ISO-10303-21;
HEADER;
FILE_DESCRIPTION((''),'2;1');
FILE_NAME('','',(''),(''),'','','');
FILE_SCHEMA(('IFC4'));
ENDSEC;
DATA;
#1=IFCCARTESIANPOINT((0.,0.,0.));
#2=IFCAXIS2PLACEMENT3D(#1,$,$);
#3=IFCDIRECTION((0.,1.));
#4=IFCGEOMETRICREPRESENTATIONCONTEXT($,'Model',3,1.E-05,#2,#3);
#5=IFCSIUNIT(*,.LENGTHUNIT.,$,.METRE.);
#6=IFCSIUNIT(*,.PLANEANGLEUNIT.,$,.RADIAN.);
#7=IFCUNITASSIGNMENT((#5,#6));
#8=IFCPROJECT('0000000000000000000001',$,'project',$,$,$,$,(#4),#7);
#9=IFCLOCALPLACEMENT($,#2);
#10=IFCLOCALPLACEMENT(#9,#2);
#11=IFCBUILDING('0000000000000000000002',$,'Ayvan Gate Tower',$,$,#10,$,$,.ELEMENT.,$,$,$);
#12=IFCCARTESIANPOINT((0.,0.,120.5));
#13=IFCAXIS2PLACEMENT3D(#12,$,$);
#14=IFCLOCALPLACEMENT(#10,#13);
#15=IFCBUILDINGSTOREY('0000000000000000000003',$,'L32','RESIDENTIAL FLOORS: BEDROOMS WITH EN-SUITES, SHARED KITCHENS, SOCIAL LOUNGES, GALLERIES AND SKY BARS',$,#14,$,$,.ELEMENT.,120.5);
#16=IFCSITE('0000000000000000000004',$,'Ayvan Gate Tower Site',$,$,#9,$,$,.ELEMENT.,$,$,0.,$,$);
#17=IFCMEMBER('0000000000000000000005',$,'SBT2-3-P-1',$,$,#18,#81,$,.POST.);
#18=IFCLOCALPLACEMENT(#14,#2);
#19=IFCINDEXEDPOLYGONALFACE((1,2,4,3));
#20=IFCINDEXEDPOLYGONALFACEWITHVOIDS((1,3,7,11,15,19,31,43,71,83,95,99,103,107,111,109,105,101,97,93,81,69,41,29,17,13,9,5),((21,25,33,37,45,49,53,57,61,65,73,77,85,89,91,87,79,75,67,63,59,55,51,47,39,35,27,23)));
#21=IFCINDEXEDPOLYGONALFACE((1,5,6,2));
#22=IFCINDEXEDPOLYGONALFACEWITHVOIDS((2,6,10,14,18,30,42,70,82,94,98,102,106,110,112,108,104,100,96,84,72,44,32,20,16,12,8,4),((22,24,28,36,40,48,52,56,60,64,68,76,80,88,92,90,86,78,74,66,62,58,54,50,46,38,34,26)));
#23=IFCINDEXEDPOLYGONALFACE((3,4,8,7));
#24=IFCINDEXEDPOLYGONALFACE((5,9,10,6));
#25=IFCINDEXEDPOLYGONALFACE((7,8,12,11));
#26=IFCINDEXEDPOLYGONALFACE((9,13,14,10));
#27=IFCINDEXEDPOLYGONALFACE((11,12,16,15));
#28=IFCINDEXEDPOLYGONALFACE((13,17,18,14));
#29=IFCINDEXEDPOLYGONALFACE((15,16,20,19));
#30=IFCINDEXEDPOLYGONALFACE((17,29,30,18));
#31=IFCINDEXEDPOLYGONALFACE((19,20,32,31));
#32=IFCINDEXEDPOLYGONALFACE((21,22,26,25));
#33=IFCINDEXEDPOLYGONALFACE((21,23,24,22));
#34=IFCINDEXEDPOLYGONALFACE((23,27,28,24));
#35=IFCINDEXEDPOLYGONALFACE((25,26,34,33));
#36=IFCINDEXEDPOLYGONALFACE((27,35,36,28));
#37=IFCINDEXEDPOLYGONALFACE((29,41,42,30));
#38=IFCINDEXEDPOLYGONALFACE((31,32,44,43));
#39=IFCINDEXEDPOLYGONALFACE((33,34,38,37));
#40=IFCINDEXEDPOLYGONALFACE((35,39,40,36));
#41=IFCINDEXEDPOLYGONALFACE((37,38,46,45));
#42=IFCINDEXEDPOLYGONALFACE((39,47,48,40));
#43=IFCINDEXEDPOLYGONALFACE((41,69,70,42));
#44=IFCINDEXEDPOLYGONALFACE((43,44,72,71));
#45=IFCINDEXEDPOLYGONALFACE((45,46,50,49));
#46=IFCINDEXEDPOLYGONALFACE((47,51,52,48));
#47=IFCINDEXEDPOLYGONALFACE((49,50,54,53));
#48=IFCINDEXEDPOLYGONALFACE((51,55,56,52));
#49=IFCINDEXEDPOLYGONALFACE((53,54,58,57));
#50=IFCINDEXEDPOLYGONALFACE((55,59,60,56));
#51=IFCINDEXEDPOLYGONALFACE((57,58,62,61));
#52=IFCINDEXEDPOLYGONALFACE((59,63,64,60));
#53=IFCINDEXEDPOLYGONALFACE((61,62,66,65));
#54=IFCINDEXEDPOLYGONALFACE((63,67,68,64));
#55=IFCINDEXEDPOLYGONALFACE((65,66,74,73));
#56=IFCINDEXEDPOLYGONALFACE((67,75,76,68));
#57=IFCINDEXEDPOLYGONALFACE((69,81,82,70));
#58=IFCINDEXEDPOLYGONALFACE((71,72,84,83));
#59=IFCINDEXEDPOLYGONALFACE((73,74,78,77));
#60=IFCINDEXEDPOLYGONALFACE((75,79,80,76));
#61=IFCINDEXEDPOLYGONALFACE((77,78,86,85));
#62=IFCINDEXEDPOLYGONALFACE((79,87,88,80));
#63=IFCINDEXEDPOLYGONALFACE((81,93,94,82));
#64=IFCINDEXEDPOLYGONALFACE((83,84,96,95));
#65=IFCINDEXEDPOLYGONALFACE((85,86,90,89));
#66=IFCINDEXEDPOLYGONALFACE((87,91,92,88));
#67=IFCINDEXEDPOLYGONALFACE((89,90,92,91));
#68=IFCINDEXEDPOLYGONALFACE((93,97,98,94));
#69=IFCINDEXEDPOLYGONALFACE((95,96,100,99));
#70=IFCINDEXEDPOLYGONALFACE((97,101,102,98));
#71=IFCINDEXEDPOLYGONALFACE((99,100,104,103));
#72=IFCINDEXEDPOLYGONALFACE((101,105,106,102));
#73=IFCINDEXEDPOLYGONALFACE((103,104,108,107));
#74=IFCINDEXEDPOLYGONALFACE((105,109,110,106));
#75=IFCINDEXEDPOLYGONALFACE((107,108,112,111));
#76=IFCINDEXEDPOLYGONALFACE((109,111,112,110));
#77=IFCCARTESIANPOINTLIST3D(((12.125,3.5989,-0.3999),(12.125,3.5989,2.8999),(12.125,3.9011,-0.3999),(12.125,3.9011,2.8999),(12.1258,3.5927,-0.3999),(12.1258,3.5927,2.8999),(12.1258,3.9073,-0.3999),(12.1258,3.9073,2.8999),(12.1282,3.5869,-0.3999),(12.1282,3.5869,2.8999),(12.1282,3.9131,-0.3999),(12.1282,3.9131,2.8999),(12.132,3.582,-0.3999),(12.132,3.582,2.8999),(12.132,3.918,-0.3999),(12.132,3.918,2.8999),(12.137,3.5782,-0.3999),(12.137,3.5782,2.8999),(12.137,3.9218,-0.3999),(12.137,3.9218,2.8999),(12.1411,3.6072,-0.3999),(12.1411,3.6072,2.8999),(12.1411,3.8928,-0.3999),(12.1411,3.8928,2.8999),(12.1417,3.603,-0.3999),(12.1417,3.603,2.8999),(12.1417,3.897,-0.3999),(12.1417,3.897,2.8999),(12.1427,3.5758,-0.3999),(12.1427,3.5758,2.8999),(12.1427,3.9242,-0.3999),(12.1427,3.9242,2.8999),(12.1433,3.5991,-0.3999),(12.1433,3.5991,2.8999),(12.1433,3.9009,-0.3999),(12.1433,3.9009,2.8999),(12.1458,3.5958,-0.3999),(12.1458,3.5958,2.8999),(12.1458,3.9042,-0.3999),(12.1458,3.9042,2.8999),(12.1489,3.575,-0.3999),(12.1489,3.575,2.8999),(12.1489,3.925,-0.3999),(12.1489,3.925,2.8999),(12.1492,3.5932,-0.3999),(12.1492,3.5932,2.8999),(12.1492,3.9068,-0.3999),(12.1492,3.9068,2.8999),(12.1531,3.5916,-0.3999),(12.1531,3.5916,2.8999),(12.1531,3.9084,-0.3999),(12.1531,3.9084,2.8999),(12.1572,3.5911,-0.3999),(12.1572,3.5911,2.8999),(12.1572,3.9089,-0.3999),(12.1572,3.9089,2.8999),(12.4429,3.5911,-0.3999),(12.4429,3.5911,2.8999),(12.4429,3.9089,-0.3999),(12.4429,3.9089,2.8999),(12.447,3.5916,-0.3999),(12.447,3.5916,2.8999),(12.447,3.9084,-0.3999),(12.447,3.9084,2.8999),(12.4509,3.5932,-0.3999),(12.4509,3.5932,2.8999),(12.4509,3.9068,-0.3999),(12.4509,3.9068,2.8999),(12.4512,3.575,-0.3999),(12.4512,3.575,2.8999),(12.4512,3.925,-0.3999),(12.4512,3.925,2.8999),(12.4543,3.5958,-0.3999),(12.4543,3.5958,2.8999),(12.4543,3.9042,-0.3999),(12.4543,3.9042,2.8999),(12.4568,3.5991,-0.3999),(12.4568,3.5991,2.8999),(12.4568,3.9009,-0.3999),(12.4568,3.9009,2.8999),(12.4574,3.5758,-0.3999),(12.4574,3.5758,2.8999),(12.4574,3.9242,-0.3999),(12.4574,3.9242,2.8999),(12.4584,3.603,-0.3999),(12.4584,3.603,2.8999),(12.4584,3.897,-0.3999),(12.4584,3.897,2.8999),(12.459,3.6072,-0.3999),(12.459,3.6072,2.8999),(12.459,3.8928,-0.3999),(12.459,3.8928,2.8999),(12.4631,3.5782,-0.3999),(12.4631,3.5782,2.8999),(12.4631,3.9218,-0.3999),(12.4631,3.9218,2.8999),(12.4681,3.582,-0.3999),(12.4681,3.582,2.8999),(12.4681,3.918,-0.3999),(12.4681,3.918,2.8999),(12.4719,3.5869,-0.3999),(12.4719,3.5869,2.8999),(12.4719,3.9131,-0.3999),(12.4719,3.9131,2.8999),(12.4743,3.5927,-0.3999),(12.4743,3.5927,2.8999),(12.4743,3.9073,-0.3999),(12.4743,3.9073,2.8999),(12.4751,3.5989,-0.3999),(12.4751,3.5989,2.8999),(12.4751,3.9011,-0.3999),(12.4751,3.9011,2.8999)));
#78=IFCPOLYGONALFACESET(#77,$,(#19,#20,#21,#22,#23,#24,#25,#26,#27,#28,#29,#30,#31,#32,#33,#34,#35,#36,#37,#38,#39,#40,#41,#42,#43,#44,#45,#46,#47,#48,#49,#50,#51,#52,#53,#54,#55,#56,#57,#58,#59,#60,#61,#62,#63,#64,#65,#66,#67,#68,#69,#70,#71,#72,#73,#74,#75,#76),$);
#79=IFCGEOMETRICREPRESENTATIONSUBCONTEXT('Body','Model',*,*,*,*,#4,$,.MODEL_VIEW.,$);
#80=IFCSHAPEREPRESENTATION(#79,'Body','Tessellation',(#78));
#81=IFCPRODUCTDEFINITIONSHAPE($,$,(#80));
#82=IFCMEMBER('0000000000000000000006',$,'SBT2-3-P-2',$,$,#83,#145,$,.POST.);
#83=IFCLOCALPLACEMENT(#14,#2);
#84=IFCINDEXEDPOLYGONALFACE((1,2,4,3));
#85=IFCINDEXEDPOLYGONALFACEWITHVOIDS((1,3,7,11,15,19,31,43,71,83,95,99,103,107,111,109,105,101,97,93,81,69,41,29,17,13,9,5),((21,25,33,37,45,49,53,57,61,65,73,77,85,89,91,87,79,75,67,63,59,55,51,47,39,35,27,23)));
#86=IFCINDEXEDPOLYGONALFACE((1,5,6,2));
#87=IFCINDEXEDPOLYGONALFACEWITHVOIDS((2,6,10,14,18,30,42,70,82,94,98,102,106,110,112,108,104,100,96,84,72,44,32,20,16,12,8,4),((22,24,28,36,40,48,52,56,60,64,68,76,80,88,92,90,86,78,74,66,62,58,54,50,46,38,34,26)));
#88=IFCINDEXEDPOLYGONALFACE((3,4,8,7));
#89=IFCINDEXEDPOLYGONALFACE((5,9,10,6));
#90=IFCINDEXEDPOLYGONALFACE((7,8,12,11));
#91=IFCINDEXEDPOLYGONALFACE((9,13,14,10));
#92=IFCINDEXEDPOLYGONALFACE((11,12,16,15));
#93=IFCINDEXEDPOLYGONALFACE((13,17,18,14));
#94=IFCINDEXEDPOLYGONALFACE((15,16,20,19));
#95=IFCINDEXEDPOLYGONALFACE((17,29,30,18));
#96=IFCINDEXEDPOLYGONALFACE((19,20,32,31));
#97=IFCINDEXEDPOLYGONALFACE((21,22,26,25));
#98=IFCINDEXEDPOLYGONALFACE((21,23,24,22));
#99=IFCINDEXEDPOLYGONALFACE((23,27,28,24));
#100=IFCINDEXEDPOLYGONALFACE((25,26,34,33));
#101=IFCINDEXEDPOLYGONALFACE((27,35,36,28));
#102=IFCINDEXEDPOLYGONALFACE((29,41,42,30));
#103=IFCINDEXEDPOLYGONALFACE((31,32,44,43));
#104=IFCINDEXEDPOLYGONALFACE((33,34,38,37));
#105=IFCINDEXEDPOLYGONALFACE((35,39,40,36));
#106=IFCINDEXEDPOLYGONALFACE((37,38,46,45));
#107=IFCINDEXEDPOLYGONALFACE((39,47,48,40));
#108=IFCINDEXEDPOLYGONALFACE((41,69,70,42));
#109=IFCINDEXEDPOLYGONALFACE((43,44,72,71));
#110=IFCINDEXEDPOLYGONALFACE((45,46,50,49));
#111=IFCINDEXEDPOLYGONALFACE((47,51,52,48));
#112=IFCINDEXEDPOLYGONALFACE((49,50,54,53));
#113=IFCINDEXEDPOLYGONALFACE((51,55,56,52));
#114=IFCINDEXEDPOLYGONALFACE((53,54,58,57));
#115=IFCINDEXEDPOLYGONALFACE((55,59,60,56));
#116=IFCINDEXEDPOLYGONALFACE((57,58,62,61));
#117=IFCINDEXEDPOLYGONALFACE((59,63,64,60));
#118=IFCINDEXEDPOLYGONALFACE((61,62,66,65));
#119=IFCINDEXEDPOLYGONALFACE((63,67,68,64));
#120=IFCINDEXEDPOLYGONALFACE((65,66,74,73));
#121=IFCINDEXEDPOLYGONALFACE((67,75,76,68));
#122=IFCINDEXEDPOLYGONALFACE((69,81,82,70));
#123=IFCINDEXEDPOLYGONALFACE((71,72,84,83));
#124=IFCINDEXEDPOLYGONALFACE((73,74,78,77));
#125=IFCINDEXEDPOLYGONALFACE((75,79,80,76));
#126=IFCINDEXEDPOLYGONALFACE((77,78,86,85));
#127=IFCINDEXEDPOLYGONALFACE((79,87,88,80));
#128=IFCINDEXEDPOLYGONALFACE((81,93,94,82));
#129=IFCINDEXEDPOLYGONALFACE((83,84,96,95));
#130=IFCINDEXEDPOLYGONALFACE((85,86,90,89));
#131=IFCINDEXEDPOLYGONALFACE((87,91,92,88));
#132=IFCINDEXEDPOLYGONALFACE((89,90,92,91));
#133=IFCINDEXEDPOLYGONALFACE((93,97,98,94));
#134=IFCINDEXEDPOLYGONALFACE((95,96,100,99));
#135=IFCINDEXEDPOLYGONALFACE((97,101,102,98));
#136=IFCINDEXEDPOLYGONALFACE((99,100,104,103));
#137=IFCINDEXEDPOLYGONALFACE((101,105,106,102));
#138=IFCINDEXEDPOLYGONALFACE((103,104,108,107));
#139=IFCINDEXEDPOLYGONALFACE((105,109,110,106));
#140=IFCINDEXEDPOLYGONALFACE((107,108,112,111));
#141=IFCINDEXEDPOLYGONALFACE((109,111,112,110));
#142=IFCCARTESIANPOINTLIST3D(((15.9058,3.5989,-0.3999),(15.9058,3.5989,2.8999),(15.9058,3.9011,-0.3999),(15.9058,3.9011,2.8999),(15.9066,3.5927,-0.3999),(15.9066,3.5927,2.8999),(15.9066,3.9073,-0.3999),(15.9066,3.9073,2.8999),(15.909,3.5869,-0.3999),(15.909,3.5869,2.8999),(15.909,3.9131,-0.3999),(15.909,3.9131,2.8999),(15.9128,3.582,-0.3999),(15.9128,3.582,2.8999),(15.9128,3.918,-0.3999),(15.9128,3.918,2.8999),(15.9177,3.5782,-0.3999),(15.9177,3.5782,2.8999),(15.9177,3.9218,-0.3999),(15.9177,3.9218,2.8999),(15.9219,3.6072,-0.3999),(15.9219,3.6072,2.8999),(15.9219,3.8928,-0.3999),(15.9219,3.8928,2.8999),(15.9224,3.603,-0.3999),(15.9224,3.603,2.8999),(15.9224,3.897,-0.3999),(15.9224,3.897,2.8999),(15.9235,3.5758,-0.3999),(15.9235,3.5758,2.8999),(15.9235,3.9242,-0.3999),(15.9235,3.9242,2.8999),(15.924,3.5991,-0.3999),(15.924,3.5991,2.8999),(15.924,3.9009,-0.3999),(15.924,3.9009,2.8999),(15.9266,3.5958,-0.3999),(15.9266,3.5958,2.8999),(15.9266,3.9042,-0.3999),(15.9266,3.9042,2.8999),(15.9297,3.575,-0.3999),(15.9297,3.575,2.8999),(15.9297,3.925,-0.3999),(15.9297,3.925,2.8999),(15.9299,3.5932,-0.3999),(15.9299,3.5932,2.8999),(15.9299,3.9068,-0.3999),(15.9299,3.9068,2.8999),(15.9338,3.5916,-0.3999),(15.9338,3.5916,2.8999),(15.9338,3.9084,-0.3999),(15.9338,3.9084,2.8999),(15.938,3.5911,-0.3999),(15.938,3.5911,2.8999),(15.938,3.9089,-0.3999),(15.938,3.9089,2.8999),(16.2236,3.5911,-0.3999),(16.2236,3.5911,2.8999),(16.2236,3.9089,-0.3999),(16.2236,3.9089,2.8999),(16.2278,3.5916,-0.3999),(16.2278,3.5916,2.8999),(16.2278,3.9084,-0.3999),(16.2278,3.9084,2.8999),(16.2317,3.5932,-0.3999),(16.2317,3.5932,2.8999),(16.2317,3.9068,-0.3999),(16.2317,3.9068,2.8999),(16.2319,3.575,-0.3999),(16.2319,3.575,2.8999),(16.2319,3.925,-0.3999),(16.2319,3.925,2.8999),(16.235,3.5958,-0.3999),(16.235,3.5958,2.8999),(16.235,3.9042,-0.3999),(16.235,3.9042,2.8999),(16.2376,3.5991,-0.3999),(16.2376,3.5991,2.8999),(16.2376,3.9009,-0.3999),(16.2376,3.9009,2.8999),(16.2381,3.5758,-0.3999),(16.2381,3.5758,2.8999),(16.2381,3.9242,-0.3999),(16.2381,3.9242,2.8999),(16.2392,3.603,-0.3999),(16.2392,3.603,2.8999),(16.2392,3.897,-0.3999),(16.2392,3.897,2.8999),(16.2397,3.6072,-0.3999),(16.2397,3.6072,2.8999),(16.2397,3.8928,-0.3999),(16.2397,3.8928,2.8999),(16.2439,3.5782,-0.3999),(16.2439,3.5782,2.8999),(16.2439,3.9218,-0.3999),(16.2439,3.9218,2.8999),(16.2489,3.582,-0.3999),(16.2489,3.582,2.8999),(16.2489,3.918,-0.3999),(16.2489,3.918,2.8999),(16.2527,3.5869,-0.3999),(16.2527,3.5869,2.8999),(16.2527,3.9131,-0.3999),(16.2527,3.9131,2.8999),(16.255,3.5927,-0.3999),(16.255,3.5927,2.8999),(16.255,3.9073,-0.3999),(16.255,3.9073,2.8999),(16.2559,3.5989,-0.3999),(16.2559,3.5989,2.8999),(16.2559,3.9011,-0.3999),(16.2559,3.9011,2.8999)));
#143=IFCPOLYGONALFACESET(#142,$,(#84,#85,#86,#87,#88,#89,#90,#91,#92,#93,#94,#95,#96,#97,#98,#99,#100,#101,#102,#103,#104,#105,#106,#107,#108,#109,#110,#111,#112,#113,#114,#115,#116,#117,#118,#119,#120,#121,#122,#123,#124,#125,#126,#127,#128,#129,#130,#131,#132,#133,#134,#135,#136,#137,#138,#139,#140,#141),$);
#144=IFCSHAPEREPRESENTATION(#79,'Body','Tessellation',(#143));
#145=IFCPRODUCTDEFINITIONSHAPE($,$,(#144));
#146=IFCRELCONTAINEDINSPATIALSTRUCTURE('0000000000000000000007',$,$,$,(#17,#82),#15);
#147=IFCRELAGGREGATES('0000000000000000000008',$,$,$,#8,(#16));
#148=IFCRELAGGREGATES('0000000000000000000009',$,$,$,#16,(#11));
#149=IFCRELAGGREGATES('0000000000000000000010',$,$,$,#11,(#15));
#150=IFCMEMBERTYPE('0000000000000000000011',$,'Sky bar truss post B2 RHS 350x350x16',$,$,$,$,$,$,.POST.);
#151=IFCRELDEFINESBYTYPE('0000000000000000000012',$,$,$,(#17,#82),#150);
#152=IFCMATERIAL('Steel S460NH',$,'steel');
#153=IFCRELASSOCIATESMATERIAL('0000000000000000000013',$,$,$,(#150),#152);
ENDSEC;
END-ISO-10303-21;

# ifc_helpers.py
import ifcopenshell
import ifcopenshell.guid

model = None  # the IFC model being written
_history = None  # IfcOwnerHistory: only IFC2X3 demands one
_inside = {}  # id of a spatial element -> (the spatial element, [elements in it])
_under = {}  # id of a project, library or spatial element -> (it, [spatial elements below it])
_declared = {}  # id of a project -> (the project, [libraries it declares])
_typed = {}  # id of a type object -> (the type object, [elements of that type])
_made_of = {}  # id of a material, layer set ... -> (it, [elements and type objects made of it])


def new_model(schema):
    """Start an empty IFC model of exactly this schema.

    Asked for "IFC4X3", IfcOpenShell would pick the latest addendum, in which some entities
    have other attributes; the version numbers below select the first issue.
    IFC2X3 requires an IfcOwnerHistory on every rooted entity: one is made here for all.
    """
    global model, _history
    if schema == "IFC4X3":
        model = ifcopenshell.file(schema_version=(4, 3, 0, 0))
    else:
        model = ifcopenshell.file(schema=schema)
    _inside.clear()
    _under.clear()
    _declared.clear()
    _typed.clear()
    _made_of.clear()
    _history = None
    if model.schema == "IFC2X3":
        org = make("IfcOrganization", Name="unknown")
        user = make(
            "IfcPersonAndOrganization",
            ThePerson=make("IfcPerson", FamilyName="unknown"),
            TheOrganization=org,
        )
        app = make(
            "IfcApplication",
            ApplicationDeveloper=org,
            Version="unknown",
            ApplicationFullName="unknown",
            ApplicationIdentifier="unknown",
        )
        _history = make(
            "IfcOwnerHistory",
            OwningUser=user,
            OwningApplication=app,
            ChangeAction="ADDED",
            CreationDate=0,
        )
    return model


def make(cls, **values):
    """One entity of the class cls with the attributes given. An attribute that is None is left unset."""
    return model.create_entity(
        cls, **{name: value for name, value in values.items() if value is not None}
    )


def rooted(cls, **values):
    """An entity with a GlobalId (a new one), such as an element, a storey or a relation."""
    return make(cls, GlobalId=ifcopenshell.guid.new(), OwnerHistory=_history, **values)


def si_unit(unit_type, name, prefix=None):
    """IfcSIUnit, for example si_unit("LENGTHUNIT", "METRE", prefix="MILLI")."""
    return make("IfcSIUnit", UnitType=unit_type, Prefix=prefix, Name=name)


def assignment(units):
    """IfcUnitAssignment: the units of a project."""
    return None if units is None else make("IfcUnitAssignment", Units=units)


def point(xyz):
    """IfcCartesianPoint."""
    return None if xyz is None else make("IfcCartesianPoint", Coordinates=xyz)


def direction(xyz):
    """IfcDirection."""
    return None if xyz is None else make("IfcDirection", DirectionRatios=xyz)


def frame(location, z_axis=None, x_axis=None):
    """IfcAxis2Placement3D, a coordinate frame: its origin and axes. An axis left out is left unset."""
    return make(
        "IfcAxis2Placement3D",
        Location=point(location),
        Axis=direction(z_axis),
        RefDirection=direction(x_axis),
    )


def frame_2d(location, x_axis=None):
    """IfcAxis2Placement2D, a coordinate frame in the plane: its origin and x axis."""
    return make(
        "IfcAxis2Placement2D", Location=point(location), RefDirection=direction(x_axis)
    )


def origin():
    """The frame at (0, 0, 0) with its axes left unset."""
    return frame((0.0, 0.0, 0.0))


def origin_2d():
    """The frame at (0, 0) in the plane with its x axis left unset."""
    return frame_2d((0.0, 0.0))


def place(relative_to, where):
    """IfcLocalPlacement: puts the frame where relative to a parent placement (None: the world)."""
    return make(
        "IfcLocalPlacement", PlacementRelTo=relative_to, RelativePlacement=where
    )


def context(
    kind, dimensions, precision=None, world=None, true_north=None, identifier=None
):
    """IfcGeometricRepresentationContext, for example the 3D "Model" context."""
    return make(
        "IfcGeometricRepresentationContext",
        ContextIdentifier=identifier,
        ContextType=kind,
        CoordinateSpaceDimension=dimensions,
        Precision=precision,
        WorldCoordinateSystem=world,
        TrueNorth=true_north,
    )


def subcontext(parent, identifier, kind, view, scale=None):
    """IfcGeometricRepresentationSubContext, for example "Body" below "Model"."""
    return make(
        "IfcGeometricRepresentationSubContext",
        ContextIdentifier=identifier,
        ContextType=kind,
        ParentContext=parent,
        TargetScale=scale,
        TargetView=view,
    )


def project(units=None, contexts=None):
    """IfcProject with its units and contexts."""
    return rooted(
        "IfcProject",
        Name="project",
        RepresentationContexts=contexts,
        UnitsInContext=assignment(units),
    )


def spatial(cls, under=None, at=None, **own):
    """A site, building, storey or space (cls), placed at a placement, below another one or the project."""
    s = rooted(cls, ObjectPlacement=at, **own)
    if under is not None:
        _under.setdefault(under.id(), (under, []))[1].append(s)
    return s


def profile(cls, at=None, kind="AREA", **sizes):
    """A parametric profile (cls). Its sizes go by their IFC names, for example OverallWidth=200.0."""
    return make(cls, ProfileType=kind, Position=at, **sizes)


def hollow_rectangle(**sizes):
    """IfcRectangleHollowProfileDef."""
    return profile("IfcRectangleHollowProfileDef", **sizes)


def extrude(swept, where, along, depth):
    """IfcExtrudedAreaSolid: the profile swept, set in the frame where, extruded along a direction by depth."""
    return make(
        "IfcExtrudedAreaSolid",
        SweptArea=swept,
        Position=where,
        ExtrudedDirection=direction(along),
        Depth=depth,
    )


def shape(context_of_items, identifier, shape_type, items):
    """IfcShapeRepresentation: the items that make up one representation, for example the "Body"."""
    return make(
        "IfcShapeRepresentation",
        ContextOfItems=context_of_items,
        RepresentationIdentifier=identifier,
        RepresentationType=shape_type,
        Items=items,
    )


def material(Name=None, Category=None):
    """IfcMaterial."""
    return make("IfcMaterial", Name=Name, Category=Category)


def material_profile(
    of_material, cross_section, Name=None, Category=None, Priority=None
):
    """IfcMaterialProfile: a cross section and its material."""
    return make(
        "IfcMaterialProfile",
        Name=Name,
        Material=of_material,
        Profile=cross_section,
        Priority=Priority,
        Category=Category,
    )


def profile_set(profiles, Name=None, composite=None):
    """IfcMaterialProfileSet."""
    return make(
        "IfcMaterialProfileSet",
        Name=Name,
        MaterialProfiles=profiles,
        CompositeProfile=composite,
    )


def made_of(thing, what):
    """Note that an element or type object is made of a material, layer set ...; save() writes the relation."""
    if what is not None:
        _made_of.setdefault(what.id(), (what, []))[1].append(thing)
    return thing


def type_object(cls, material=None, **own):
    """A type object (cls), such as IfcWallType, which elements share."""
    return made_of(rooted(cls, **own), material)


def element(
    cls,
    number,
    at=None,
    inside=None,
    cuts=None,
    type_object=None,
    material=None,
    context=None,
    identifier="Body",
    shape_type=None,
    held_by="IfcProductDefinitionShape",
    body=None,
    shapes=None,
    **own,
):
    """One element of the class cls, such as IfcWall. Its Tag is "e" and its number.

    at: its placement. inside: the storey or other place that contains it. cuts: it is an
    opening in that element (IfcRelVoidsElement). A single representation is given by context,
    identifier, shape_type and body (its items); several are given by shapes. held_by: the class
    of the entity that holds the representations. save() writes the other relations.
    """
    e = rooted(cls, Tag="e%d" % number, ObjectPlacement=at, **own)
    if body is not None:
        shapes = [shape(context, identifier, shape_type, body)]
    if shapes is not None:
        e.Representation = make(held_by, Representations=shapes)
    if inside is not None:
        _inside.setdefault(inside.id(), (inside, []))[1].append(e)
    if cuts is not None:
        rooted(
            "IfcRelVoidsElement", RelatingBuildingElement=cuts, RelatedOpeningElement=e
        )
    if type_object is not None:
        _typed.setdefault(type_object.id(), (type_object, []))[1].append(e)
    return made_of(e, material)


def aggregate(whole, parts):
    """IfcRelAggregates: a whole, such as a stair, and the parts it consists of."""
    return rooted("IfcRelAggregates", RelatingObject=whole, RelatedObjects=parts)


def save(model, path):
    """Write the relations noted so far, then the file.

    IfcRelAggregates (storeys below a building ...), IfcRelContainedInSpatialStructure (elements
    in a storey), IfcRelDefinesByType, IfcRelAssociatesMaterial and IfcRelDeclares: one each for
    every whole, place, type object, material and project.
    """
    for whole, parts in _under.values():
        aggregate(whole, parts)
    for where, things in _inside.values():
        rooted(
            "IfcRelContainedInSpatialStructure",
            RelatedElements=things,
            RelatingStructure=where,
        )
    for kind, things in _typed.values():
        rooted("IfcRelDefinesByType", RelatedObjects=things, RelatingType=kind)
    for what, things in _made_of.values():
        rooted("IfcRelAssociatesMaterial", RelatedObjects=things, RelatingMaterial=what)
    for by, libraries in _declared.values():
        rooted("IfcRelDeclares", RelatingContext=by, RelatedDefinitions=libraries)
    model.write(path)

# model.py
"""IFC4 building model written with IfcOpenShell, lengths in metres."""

from ifc_helpers import new_model, si_unit, direction, frame, origin, origin_2d, place, context, subcontext, project, spatial, hollow_rectangle, extrude, material, material_profile, profile_set, type_object, element, save


model = new_model("IFC4")

# Units and contexts
model_context = context("Model", 3, precision=1e-05, world=origin(), true_north=direction((0.0, 1.0)))
body_context = subcontext(model_context, "Body", "Model", "MODEL_VIEW")
ifc_project = project(units=[si_unit("LENGTHUNIT", "METRE"), si_unit("PLANEANGLEUNIT", "RADIAN")], contexts=[model_context])

# Site, building, storey
site_placement = place(None, origin())
site = spatial("IfcSite", under=ifc_project, at=site_placement, Name="Ayvan Gate Tower Site", CompositionType="ELEMENT", RefElevation=0.0)
building_placement = place(site_placement, origin())
building = spatial("IfcBuilding", under=site, at=building_placement, Name="Ayvan Gate Tower", CompositionType="ELEMENT")
storey_placement = place(building_placement, frame((0.0, 0.0, 120.5)))
storey = spatial("IfcBuildingStorey", under=building, at=storey_placement, Name="L32", Description="RESIDENTIAL FLOORS: BEDROOMS WITH EN-SUITES, SHARED KITCHENS, SOCIAL LOUNGES, GALLERIES AND SKY BARS", CompositionType="ELEMENT", Elevation=120.5)

# Members
ifc_material_1 = material(Name="Steel S460NH", Category="steel")
ifc_material_profile_1 = material_profile(ifc_material_1, hollow_rectangle(XDim=0.3501, YDim=0.3501, WallThickness=0.0161, InnerFilletRadius=0.0161, OuterFilletRadius=0.0239, at=origin_2d()), Name="RHS 350x350x16")
ifc_profile_set_1 = profile_set([ifc_material_profile_1], Name="Steel S460NH")
member_type_1 = type_object("IfcMemberType", Name="Sky bar truss post B2 RHS 350x350x16", PredefinedType="POST", material=ifc_profile_set_1)
for number, where, z_axis, x_axis, name in (
    (1, (12.3, 3.75, -0.3999), (0.0, 0.0, 1.0), (1.0, 0.0, 0.0), "SBT2-3-P-1"),
    (2, (16.0808, 3.75, -0.3999), (0.0, 0.0, 1.0), (1.0, 0.0, 0.0), "SBT2-3-P-2"),
):
    element("IfcMember", number, at=place(storey_placement, frame(where, z_axis=z_axis, x_axis=x_axis)), inside=storey, type_object=member_type_1, Name=name, PredefinedType="POST", context=body_context, shape_type="SweptSolid", body=[
        extrude(hollow_rectangle(XDim=0.3501, YDim=0.3501, WallThickness=0.0161, InnerFilletRadius=0.0161, OuterFilletRadius=0.0239, at=origin_2d()), origin(), (0.0, 0.0, 1.0), 3.2998),
    ])

save(model, "model.ifc")
